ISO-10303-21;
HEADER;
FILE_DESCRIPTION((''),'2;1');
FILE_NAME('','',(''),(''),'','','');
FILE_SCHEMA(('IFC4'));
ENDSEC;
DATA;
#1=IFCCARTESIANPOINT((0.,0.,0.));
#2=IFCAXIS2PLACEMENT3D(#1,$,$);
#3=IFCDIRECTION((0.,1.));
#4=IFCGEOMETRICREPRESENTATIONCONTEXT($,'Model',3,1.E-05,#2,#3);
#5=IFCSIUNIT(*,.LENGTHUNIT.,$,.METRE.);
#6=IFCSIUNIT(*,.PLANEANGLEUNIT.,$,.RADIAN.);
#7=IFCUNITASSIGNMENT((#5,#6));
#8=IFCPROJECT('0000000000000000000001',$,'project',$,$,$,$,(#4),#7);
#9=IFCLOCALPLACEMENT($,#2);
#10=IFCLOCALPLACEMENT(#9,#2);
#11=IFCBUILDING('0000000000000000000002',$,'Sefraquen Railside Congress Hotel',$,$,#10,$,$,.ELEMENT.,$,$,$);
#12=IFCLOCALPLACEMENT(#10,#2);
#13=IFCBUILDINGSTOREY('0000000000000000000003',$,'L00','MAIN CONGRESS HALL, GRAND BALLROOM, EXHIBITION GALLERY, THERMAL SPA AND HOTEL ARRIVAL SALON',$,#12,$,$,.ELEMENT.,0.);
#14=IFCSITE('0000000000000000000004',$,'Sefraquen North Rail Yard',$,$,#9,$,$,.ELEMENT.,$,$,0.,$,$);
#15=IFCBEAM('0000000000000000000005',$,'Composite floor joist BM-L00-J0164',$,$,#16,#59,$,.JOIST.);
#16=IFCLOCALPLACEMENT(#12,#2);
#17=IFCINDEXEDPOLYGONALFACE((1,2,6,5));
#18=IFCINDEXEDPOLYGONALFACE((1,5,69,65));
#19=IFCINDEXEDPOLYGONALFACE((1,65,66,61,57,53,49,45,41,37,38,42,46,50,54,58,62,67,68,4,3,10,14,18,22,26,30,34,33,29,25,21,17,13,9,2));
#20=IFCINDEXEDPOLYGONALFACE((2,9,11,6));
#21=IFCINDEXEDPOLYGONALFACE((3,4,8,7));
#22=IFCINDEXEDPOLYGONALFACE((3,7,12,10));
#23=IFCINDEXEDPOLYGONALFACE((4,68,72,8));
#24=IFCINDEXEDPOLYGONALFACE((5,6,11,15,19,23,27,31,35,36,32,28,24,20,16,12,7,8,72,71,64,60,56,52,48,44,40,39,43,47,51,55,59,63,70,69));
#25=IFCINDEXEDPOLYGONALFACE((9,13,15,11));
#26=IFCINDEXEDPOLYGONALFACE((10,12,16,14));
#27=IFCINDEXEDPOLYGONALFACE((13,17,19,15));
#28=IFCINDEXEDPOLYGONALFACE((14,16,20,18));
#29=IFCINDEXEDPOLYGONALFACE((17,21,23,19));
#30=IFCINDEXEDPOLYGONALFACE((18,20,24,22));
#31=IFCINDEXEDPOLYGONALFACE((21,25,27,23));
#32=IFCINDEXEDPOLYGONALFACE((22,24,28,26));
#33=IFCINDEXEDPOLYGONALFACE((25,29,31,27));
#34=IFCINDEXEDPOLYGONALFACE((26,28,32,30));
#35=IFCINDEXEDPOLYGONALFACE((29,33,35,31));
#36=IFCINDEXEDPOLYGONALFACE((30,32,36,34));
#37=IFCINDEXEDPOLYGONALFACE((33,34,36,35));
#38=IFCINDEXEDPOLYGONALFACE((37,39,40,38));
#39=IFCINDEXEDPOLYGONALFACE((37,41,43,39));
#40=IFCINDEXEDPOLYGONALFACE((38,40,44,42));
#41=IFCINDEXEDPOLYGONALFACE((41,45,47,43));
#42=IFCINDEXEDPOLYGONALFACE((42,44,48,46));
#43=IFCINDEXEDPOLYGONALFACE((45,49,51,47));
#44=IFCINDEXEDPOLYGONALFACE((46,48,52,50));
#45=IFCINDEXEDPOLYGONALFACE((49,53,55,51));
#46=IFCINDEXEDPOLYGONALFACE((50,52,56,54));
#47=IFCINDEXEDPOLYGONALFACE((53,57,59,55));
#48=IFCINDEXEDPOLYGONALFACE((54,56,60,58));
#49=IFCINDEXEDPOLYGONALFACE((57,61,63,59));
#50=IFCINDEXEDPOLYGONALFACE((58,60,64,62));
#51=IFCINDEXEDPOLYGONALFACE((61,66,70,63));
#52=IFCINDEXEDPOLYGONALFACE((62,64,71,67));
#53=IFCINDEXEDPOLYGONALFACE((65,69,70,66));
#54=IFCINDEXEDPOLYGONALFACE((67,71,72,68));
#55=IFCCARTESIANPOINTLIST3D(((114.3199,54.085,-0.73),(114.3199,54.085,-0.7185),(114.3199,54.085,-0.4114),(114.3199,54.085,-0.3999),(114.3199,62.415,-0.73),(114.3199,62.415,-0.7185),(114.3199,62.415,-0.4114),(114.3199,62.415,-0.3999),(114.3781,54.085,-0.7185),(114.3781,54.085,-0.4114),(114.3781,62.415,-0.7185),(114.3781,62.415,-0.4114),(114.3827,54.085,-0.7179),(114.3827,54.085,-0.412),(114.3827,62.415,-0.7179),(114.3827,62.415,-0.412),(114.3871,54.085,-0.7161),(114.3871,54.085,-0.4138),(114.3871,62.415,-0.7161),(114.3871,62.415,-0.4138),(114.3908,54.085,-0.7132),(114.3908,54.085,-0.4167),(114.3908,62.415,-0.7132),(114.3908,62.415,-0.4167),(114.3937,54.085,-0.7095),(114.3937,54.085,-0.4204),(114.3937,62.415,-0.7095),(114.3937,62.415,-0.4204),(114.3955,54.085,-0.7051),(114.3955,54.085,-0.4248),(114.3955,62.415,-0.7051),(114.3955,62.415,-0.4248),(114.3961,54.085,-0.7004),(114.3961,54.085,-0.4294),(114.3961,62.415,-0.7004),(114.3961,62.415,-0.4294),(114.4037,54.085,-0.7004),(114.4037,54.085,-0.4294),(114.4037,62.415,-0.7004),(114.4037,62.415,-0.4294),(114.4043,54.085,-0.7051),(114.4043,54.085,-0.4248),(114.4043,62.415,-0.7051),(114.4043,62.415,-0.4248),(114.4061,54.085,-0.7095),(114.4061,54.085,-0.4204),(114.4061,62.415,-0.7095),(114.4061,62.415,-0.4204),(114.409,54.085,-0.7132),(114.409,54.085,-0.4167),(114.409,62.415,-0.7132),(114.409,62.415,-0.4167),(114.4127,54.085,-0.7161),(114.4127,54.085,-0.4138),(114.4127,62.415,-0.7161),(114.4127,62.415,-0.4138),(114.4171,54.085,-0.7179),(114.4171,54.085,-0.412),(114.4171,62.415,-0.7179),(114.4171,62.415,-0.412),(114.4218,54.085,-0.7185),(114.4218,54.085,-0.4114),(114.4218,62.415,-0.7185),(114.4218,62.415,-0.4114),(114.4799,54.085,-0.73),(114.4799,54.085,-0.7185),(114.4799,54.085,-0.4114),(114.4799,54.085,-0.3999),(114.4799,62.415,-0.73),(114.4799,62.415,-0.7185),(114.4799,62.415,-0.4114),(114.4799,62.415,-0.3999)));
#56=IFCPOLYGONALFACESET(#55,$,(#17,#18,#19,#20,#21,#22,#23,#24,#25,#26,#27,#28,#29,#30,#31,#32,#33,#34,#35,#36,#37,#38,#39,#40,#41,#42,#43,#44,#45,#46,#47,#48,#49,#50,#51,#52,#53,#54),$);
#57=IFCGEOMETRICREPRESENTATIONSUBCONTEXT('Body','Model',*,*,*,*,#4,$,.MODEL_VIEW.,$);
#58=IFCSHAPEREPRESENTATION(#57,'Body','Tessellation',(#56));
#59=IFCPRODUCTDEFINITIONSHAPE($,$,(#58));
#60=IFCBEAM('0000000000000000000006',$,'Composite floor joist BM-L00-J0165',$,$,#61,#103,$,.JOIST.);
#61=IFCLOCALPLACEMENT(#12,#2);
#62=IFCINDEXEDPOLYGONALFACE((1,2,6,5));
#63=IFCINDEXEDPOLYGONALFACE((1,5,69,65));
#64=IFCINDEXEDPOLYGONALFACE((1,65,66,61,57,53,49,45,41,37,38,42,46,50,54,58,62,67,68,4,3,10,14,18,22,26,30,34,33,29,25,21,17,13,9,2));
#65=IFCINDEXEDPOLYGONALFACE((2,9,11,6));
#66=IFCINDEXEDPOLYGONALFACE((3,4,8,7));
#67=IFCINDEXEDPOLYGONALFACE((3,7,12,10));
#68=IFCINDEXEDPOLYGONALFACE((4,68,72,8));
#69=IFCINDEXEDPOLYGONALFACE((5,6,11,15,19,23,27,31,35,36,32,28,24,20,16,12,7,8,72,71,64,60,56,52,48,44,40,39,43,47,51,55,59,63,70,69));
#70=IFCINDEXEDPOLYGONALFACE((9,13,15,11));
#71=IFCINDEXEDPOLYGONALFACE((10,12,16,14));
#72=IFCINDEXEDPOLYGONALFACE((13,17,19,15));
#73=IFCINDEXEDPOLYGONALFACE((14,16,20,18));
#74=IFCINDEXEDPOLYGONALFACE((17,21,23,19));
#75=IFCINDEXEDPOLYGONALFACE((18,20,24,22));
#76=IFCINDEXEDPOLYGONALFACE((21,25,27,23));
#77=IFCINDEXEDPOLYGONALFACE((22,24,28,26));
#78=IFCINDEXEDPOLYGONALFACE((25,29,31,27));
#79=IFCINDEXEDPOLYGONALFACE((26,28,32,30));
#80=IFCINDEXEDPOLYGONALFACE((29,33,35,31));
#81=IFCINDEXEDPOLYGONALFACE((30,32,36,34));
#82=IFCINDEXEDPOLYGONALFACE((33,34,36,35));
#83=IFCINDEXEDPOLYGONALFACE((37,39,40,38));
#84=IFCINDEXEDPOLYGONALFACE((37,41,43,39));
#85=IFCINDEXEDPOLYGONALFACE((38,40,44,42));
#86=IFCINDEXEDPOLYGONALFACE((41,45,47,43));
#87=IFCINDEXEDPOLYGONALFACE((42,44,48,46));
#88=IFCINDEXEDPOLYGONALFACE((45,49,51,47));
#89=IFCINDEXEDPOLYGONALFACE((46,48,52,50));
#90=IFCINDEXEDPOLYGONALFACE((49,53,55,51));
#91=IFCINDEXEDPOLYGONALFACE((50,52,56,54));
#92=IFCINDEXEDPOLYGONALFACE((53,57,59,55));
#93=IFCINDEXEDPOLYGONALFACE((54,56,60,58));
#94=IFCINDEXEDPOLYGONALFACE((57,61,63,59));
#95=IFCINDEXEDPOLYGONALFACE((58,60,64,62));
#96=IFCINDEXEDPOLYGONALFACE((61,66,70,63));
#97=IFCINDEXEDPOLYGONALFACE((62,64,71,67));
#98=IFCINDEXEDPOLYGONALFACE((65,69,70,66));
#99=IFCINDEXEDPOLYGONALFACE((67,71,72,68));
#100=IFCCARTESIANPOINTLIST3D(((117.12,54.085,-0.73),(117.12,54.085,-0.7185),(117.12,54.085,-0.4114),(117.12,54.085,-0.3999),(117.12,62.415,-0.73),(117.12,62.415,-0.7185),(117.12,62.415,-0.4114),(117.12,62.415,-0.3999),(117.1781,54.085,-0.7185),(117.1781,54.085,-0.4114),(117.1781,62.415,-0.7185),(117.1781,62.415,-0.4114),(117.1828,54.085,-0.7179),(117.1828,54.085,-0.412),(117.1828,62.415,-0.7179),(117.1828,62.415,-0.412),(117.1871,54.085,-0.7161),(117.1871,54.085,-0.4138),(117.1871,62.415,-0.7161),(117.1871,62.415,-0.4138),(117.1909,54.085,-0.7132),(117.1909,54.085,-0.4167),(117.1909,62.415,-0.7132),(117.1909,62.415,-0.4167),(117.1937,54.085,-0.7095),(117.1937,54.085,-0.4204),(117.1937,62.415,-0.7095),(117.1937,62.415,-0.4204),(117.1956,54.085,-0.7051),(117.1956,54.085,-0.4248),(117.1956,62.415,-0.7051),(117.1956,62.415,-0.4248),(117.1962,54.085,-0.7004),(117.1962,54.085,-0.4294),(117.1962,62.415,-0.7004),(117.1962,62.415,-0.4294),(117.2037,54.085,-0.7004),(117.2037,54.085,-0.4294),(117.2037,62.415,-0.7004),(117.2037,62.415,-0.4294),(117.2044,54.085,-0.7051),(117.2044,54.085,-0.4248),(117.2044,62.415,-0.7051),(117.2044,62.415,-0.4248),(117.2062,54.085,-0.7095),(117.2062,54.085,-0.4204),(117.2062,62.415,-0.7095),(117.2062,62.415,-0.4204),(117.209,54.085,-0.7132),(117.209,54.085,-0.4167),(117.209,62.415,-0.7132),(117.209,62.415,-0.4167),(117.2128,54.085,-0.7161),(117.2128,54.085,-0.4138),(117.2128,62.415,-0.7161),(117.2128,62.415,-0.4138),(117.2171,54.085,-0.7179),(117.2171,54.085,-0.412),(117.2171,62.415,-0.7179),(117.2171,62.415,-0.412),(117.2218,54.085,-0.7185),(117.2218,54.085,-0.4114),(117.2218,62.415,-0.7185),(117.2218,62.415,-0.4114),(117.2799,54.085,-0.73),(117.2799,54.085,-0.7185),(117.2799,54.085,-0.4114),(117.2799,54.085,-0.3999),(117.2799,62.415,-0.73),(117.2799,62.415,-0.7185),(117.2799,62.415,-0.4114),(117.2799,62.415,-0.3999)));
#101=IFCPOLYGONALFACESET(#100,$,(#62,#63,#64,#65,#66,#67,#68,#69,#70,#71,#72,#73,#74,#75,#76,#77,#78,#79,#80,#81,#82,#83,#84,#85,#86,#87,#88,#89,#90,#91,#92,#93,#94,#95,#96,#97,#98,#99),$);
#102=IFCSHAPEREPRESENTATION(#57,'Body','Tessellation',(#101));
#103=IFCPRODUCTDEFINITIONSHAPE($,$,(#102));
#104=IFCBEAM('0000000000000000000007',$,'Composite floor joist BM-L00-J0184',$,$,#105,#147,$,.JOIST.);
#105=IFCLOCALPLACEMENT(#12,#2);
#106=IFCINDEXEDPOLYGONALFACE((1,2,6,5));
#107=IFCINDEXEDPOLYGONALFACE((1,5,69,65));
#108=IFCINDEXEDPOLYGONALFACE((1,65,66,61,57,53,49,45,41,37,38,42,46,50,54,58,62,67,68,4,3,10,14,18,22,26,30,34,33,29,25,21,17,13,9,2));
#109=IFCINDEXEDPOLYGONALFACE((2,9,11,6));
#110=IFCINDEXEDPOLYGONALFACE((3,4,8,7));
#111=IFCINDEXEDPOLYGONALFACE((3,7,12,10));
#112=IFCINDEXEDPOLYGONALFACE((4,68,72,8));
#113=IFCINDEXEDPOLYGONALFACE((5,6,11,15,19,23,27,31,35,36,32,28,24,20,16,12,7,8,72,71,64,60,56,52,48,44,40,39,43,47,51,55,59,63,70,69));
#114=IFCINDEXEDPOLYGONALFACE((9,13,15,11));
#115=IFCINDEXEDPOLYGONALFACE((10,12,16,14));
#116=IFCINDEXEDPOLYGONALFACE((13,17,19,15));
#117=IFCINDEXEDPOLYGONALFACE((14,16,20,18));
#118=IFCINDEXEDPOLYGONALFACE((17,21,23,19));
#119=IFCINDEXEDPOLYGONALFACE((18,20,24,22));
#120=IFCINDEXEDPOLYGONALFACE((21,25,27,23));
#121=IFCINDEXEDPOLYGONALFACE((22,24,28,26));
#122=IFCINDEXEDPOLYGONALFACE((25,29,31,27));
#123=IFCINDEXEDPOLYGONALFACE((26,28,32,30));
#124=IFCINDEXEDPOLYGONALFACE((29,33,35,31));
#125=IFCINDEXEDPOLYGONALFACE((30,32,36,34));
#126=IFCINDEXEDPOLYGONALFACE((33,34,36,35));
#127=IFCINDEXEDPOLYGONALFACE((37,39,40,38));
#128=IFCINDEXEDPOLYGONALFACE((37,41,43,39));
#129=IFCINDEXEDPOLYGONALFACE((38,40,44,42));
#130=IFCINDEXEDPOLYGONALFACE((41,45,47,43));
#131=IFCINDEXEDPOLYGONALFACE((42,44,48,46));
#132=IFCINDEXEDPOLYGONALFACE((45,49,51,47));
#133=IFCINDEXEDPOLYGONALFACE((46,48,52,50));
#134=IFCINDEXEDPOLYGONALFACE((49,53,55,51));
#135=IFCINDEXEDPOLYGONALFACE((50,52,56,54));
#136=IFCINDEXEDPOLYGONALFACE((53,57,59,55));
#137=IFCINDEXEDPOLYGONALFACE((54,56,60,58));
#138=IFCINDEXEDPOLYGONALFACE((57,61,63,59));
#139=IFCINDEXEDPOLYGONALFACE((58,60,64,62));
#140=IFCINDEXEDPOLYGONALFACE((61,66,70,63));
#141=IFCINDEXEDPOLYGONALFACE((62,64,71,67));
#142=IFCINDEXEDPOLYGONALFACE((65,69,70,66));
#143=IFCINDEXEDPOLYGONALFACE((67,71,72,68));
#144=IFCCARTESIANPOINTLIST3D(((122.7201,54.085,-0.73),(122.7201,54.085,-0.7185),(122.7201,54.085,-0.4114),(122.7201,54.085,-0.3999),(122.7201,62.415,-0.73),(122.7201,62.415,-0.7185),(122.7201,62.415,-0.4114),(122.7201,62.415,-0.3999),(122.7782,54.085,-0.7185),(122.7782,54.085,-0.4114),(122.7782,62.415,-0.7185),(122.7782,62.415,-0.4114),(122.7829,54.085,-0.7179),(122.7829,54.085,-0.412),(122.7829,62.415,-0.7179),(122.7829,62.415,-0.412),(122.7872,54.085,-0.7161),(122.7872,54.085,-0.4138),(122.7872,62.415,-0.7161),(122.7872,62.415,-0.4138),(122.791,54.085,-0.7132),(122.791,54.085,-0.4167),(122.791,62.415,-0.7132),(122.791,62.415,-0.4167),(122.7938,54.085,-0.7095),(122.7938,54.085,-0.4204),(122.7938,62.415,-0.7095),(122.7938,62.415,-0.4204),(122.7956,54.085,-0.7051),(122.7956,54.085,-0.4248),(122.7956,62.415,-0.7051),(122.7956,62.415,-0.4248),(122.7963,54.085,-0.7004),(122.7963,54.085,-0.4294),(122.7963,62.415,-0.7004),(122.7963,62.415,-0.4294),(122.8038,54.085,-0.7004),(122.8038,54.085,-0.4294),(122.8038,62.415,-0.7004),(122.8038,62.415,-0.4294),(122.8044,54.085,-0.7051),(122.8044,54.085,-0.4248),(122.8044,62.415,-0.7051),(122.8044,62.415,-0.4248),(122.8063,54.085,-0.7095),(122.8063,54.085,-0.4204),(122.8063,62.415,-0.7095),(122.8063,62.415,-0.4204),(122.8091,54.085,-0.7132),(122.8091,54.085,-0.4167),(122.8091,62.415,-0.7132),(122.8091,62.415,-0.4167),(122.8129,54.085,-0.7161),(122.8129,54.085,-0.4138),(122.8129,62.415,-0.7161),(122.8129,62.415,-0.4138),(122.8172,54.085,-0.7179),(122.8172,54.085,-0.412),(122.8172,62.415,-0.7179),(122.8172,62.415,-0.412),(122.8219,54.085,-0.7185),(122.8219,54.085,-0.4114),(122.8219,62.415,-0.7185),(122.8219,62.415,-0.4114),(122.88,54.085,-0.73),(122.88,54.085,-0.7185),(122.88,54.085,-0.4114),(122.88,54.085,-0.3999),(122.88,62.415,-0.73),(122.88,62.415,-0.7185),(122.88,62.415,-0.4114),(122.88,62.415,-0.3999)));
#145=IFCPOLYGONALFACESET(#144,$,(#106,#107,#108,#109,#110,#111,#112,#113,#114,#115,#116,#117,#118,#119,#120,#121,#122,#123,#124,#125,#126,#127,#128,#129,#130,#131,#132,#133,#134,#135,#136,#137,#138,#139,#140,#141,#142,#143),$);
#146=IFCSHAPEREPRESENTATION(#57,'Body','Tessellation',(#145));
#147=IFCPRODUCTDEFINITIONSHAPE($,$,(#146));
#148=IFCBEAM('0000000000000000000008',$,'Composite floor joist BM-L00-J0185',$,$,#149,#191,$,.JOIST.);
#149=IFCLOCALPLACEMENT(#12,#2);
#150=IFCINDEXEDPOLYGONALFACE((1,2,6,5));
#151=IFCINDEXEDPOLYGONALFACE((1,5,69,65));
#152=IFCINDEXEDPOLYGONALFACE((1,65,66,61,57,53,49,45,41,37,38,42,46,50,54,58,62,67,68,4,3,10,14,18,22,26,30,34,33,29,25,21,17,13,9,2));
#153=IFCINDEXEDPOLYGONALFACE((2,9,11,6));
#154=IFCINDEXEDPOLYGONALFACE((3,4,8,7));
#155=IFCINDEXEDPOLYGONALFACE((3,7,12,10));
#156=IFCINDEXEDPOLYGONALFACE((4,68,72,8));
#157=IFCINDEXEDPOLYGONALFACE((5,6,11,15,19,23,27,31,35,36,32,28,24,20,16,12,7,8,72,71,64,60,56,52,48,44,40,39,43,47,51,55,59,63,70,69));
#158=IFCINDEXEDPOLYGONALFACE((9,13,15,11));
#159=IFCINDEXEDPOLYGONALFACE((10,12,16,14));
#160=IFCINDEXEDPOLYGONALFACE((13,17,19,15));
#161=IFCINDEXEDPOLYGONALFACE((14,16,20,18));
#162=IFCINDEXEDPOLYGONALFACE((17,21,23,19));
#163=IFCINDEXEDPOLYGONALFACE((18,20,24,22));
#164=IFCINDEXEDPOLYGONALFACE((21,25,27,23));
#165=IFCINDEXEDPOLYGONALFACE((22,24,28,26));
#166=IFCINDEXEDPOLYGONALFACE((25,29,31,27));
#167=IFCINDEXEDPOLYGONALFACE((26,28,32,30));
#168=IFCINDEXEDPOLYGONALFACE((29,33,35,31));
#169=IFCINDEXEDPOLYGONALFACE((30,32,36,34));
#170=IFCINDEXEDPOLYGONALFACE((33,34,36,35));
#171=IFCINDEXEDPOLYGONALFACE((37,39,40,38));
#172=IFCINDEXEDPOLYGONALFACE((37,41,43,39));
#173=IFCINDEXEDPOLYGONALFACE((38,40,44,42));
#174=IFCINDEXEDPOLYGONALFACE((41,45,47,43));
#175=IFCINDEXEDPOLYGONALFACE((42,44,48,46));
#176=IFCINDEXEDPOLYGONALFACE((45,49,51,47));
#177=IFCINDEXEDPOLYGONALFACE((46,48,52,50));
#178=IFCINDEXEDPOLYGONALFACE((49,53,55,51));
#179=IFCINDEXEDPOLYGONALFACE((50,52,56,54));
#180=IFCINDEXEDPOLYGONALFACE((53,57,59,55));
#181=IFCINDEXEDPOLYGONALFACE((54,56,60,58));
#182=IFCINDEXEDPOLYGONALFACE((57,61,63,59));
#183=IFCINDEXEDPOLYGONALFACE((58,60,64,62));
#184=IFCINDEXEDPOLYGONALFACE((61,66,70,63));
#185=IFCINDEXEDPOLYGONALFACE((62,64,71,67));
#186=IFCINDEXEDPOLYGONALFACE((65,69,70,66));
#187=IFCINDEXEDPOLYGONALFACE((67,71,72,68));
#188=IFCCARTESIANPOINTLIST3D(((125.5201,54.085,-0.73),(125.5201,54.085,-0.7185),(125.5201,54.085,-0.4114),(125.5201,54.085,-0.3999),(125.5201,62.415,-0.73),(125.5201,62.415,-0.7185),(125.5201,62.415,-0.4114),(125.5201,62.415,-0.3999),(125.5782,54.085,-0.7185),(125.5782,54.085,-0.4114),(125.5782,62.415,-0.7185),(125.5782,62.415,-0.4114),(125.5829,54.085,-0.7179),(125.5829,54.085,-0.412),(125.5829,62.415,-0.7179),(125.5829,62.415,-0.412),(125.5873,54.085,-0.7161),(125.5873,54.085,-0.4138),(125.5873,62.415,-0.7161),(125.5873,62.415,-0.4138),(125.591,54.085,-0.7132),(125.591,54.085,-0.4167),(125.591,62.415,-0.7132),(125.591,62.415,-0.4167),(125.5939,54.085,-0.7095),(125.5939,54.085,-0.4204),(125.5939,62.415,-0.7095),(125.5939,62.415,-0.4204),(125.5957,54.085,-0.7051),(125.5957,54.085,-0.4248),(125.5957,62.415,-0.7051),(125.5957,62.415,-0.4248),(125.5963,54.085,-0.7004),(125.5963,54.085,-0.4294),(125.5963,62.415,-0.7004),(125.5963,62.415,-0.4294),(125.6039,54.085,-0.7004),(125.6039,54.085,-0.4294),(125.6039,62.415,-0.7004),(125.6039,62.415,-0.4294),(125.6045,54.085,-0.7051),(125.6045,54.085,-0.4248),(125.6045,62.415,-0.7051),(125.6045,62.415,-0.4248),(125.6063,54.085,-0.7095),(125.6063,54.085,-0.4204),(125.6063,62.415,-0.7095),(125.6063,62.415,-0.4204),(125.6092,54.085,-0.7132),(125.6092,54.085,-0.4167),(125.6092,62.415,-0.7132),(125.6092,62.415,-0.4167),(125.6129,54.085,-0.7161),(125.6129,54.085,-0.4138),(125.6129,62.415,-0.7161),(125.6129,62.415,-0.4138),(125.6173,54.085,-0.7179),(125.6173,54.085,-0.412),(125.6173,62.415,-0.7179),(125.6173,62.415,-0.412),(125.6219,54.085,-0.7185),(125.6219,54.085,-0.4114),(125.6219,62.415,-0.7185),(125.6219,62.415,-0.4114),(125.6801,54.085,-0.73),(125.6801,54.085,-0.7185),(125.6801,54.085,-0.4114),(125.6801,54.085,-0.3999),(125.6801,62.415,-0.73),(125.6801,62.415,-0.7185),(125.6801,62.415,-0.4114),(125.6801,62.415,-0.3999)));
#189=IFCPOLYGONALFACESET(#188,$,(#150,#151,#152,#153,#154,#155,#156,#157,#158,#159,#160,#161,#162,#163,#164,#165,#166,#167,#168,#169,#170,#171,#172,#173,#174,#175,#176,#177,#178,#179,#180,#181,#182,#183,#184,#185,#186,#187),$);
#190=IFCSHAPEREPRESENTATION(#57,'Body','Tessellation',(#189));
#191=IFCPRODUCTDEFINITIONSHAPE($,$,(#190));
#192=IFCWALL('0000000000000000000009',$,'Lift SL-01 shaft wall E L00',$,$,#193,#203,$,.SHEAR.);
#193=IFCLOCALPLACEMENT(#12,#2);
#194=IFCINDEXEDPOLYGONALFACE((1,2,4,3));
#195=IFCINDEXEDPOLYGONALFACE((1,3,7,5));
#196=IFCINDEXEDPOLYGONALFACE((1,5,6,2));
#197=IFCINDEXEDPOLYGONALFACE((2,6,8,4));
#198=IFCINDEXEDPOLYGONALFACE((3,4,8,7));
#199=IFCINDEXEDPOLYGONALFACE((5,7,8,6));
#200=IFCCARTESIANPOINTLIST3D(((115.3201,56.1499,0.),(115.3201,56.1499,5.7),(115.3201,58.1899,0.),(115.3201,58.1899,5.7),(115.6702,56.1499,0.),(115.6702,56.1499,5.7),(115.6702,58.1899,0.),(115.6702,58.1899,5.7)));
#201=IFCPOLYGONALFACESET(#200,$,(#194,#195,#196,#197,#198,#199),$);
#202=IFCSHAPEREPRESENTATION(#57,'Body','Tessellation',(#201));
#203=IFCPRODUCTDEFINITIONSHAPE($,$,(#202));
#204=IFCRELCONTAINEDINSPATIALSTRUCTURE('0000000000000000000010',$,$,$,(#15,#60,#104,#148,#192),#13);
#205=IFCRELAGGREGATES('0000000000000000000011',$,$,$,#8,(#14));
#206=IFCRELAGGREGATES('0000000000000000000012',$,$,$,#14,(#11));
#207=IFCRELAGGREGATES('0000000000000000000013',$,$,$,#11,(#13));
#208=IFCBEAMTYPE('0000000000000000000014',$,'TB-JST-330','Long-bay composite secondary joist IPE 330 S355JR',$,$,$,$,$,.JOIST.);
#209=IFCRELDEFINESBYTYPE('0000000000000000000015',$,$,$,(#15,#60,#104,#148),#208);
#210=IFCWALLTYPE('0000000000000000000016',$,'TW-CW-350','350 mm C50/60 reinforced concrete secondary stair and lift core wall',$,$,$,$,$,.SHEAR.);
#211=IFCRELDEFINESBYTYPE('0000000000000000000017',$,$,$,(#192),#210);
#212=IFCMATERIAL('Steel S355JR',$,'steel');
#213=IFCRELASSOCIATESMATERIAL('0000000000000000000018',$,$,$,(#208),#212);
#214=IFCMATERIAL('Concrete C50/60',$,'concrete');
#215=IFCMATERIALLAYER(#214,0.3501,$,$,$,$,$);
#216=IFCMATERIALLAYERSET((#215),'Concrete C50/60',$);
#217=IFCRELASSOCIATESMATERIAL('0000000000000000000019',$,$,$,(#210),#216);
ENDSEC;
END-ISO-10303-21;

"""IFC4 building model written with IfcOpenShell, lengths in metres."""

from ifc_helpers import new_model, si_unit, direction, frame, frame_2d, origin, origin_2d, place, context, subcontext, project, spatial, rectangle, i_section, extrude, material, layer, layer_set, material_profile, profile_set, type_object, element, save


model = new_model("IFC4")

# Units and contexts
model_context = context("Model", 3, precision=1e-05, world=origin(), true_north=direction((0.0, 1.0)))
body_context = subcontext(model_context, "Body", "Model", "MODEL_VIEW")
ifc_project = project(units=[si_unit("LENGTHUNIT", "METRE"), si_unit("PLANEANGLEUNIT", "RADIAN")], contexts=[model_context])

# Site, building, storey
site_placement = place(None, origin())
site = spatial("IfcSite", under=ifc_project, at=site_placement, Name="Sefraquen North Rail Yard", CompositionType="ELEMENT", RefElevation=0.0)
building_placement = place(site_placement, origin())
building = spatial("IfcBuilding", under=site, at=building_placement, Name="Sefraquen Railside Congress Hotel", CompositionType="ELEMENT")
storey_placement = place(building_placement, origin())
storey = spatial("IfcBuildingStorey", under=building, at=storey_placement, Name="L00", Description="MAIN CONGRESS HALL, GRAND BALLROOM, EXHIBITION GALLERY, THERMAL SPA AND HOTEL ARRIVAL SALON", CompositionType="ELEMENT", Elevation=0.0)

# Shared definitions
ifc_material_1 = material(Name="Steel S355JR", Category="steel")

# Beams
ifc_material_profile_1 = material_profile(ifc_material_1, i_section(OverallWidth=0.1599, OverallDepth=0.3301, WebThickness=0.0076, FlangeThickness=0.0115, FilletRadius=0.0181, at=origin_2d()), Name="IPE 330")
ifc_profile_set_1 = profile_set([ifc_material_profile_1], Name="Steel S355JR")
beam_type_1 = type_object("IfcBeamType", Name="TB-JST-330", Description="Long-bay composite secondary joist IPE 330 S355JR", PredefinedType="JOIST", material=ifc_profile_set_1)
for number, where, z_axis, x_axis, name in (
    (1, (114.3999, 54.085, -0.5649), (0.0, 1.0, 0.0), (-1.0, 0.0, 0.0), "Composite floor joist BM-L00-J0164"),
    (2, (117.2, 54.085, -0.5649), (0.0, 1.0, 0.0), (-1.0, 0.0, 0.0), "Composite floor joist BM-L00-J0165"),
    (3, (122.8, 54.085, -0.5649), (0.0, 1.0, 0.0), (-1.0, 0.0, 0.0), "Composite floor joist BM-L00-J0184"),
    (4, (125.6001, 54.085, -0.5649), (0.0, 1.0, 0.0), (-1.0, 0.0, 0.0), "Composite floor joist BM-L00-J0185"),
):
    element("IfcBeam", number, at=place(storey_placement, frame(where, z_axis=z_axis, x_axis=x_axis)), inside=storey, type_object=beam_type_1, Name=name, PredefinedType="JOIST", context=body_context, shape_type="SweptSolid", body=[
        extrude(i_section(OverallWidth=0.1599, OverallDepth=0.3301, WebThickness=0.0076, FlangeThickness=0.0115, FilletRadius=0.0181, at=origin_2d()), origin(), (0.0, 0.0, 1.0), 8.3301),
    ])

# Wall
ifc_material_2 = material(Name="Concrete C50/60", Category="concrete")
ifc_layer_1 = layer(ifc_material_2, 0.3501)
ifc_layer_set_1 = layer_set([ifc_layer_1], Name="Concrete C50/60")
wall_type_1 = type_object("IfcWallType", Name="TW-CW-350", Description="350 mm C50/60 reinforced concrete secondary stair and lift core wall", PredefinedType="SHEAR", material=ifc_layer_set_1)
wall_1_placement = place(storey_placement, frame((115.4951, 56.1499, 0.0), z_axis=(0.0, 0.0, 1.0), x_axis=(0.0, 1.0, 0.0)))
element("IfcWall", 5, at=wall_1_placement, inside=storey, type_object=wall_type_1, Name="Lift SL-01 shaft wall E L00", PredefinedType="SHEAR", context=body_context, shape_type="SweptSolid", body=[
    extrude(rectangle(XDim=2.04, YDim=0.3501, at=frame_2d((1.02, 0.0))), origin(), (0.0, 0.0, 1.0), 5.7),
])

save(model, "model.ifc")
